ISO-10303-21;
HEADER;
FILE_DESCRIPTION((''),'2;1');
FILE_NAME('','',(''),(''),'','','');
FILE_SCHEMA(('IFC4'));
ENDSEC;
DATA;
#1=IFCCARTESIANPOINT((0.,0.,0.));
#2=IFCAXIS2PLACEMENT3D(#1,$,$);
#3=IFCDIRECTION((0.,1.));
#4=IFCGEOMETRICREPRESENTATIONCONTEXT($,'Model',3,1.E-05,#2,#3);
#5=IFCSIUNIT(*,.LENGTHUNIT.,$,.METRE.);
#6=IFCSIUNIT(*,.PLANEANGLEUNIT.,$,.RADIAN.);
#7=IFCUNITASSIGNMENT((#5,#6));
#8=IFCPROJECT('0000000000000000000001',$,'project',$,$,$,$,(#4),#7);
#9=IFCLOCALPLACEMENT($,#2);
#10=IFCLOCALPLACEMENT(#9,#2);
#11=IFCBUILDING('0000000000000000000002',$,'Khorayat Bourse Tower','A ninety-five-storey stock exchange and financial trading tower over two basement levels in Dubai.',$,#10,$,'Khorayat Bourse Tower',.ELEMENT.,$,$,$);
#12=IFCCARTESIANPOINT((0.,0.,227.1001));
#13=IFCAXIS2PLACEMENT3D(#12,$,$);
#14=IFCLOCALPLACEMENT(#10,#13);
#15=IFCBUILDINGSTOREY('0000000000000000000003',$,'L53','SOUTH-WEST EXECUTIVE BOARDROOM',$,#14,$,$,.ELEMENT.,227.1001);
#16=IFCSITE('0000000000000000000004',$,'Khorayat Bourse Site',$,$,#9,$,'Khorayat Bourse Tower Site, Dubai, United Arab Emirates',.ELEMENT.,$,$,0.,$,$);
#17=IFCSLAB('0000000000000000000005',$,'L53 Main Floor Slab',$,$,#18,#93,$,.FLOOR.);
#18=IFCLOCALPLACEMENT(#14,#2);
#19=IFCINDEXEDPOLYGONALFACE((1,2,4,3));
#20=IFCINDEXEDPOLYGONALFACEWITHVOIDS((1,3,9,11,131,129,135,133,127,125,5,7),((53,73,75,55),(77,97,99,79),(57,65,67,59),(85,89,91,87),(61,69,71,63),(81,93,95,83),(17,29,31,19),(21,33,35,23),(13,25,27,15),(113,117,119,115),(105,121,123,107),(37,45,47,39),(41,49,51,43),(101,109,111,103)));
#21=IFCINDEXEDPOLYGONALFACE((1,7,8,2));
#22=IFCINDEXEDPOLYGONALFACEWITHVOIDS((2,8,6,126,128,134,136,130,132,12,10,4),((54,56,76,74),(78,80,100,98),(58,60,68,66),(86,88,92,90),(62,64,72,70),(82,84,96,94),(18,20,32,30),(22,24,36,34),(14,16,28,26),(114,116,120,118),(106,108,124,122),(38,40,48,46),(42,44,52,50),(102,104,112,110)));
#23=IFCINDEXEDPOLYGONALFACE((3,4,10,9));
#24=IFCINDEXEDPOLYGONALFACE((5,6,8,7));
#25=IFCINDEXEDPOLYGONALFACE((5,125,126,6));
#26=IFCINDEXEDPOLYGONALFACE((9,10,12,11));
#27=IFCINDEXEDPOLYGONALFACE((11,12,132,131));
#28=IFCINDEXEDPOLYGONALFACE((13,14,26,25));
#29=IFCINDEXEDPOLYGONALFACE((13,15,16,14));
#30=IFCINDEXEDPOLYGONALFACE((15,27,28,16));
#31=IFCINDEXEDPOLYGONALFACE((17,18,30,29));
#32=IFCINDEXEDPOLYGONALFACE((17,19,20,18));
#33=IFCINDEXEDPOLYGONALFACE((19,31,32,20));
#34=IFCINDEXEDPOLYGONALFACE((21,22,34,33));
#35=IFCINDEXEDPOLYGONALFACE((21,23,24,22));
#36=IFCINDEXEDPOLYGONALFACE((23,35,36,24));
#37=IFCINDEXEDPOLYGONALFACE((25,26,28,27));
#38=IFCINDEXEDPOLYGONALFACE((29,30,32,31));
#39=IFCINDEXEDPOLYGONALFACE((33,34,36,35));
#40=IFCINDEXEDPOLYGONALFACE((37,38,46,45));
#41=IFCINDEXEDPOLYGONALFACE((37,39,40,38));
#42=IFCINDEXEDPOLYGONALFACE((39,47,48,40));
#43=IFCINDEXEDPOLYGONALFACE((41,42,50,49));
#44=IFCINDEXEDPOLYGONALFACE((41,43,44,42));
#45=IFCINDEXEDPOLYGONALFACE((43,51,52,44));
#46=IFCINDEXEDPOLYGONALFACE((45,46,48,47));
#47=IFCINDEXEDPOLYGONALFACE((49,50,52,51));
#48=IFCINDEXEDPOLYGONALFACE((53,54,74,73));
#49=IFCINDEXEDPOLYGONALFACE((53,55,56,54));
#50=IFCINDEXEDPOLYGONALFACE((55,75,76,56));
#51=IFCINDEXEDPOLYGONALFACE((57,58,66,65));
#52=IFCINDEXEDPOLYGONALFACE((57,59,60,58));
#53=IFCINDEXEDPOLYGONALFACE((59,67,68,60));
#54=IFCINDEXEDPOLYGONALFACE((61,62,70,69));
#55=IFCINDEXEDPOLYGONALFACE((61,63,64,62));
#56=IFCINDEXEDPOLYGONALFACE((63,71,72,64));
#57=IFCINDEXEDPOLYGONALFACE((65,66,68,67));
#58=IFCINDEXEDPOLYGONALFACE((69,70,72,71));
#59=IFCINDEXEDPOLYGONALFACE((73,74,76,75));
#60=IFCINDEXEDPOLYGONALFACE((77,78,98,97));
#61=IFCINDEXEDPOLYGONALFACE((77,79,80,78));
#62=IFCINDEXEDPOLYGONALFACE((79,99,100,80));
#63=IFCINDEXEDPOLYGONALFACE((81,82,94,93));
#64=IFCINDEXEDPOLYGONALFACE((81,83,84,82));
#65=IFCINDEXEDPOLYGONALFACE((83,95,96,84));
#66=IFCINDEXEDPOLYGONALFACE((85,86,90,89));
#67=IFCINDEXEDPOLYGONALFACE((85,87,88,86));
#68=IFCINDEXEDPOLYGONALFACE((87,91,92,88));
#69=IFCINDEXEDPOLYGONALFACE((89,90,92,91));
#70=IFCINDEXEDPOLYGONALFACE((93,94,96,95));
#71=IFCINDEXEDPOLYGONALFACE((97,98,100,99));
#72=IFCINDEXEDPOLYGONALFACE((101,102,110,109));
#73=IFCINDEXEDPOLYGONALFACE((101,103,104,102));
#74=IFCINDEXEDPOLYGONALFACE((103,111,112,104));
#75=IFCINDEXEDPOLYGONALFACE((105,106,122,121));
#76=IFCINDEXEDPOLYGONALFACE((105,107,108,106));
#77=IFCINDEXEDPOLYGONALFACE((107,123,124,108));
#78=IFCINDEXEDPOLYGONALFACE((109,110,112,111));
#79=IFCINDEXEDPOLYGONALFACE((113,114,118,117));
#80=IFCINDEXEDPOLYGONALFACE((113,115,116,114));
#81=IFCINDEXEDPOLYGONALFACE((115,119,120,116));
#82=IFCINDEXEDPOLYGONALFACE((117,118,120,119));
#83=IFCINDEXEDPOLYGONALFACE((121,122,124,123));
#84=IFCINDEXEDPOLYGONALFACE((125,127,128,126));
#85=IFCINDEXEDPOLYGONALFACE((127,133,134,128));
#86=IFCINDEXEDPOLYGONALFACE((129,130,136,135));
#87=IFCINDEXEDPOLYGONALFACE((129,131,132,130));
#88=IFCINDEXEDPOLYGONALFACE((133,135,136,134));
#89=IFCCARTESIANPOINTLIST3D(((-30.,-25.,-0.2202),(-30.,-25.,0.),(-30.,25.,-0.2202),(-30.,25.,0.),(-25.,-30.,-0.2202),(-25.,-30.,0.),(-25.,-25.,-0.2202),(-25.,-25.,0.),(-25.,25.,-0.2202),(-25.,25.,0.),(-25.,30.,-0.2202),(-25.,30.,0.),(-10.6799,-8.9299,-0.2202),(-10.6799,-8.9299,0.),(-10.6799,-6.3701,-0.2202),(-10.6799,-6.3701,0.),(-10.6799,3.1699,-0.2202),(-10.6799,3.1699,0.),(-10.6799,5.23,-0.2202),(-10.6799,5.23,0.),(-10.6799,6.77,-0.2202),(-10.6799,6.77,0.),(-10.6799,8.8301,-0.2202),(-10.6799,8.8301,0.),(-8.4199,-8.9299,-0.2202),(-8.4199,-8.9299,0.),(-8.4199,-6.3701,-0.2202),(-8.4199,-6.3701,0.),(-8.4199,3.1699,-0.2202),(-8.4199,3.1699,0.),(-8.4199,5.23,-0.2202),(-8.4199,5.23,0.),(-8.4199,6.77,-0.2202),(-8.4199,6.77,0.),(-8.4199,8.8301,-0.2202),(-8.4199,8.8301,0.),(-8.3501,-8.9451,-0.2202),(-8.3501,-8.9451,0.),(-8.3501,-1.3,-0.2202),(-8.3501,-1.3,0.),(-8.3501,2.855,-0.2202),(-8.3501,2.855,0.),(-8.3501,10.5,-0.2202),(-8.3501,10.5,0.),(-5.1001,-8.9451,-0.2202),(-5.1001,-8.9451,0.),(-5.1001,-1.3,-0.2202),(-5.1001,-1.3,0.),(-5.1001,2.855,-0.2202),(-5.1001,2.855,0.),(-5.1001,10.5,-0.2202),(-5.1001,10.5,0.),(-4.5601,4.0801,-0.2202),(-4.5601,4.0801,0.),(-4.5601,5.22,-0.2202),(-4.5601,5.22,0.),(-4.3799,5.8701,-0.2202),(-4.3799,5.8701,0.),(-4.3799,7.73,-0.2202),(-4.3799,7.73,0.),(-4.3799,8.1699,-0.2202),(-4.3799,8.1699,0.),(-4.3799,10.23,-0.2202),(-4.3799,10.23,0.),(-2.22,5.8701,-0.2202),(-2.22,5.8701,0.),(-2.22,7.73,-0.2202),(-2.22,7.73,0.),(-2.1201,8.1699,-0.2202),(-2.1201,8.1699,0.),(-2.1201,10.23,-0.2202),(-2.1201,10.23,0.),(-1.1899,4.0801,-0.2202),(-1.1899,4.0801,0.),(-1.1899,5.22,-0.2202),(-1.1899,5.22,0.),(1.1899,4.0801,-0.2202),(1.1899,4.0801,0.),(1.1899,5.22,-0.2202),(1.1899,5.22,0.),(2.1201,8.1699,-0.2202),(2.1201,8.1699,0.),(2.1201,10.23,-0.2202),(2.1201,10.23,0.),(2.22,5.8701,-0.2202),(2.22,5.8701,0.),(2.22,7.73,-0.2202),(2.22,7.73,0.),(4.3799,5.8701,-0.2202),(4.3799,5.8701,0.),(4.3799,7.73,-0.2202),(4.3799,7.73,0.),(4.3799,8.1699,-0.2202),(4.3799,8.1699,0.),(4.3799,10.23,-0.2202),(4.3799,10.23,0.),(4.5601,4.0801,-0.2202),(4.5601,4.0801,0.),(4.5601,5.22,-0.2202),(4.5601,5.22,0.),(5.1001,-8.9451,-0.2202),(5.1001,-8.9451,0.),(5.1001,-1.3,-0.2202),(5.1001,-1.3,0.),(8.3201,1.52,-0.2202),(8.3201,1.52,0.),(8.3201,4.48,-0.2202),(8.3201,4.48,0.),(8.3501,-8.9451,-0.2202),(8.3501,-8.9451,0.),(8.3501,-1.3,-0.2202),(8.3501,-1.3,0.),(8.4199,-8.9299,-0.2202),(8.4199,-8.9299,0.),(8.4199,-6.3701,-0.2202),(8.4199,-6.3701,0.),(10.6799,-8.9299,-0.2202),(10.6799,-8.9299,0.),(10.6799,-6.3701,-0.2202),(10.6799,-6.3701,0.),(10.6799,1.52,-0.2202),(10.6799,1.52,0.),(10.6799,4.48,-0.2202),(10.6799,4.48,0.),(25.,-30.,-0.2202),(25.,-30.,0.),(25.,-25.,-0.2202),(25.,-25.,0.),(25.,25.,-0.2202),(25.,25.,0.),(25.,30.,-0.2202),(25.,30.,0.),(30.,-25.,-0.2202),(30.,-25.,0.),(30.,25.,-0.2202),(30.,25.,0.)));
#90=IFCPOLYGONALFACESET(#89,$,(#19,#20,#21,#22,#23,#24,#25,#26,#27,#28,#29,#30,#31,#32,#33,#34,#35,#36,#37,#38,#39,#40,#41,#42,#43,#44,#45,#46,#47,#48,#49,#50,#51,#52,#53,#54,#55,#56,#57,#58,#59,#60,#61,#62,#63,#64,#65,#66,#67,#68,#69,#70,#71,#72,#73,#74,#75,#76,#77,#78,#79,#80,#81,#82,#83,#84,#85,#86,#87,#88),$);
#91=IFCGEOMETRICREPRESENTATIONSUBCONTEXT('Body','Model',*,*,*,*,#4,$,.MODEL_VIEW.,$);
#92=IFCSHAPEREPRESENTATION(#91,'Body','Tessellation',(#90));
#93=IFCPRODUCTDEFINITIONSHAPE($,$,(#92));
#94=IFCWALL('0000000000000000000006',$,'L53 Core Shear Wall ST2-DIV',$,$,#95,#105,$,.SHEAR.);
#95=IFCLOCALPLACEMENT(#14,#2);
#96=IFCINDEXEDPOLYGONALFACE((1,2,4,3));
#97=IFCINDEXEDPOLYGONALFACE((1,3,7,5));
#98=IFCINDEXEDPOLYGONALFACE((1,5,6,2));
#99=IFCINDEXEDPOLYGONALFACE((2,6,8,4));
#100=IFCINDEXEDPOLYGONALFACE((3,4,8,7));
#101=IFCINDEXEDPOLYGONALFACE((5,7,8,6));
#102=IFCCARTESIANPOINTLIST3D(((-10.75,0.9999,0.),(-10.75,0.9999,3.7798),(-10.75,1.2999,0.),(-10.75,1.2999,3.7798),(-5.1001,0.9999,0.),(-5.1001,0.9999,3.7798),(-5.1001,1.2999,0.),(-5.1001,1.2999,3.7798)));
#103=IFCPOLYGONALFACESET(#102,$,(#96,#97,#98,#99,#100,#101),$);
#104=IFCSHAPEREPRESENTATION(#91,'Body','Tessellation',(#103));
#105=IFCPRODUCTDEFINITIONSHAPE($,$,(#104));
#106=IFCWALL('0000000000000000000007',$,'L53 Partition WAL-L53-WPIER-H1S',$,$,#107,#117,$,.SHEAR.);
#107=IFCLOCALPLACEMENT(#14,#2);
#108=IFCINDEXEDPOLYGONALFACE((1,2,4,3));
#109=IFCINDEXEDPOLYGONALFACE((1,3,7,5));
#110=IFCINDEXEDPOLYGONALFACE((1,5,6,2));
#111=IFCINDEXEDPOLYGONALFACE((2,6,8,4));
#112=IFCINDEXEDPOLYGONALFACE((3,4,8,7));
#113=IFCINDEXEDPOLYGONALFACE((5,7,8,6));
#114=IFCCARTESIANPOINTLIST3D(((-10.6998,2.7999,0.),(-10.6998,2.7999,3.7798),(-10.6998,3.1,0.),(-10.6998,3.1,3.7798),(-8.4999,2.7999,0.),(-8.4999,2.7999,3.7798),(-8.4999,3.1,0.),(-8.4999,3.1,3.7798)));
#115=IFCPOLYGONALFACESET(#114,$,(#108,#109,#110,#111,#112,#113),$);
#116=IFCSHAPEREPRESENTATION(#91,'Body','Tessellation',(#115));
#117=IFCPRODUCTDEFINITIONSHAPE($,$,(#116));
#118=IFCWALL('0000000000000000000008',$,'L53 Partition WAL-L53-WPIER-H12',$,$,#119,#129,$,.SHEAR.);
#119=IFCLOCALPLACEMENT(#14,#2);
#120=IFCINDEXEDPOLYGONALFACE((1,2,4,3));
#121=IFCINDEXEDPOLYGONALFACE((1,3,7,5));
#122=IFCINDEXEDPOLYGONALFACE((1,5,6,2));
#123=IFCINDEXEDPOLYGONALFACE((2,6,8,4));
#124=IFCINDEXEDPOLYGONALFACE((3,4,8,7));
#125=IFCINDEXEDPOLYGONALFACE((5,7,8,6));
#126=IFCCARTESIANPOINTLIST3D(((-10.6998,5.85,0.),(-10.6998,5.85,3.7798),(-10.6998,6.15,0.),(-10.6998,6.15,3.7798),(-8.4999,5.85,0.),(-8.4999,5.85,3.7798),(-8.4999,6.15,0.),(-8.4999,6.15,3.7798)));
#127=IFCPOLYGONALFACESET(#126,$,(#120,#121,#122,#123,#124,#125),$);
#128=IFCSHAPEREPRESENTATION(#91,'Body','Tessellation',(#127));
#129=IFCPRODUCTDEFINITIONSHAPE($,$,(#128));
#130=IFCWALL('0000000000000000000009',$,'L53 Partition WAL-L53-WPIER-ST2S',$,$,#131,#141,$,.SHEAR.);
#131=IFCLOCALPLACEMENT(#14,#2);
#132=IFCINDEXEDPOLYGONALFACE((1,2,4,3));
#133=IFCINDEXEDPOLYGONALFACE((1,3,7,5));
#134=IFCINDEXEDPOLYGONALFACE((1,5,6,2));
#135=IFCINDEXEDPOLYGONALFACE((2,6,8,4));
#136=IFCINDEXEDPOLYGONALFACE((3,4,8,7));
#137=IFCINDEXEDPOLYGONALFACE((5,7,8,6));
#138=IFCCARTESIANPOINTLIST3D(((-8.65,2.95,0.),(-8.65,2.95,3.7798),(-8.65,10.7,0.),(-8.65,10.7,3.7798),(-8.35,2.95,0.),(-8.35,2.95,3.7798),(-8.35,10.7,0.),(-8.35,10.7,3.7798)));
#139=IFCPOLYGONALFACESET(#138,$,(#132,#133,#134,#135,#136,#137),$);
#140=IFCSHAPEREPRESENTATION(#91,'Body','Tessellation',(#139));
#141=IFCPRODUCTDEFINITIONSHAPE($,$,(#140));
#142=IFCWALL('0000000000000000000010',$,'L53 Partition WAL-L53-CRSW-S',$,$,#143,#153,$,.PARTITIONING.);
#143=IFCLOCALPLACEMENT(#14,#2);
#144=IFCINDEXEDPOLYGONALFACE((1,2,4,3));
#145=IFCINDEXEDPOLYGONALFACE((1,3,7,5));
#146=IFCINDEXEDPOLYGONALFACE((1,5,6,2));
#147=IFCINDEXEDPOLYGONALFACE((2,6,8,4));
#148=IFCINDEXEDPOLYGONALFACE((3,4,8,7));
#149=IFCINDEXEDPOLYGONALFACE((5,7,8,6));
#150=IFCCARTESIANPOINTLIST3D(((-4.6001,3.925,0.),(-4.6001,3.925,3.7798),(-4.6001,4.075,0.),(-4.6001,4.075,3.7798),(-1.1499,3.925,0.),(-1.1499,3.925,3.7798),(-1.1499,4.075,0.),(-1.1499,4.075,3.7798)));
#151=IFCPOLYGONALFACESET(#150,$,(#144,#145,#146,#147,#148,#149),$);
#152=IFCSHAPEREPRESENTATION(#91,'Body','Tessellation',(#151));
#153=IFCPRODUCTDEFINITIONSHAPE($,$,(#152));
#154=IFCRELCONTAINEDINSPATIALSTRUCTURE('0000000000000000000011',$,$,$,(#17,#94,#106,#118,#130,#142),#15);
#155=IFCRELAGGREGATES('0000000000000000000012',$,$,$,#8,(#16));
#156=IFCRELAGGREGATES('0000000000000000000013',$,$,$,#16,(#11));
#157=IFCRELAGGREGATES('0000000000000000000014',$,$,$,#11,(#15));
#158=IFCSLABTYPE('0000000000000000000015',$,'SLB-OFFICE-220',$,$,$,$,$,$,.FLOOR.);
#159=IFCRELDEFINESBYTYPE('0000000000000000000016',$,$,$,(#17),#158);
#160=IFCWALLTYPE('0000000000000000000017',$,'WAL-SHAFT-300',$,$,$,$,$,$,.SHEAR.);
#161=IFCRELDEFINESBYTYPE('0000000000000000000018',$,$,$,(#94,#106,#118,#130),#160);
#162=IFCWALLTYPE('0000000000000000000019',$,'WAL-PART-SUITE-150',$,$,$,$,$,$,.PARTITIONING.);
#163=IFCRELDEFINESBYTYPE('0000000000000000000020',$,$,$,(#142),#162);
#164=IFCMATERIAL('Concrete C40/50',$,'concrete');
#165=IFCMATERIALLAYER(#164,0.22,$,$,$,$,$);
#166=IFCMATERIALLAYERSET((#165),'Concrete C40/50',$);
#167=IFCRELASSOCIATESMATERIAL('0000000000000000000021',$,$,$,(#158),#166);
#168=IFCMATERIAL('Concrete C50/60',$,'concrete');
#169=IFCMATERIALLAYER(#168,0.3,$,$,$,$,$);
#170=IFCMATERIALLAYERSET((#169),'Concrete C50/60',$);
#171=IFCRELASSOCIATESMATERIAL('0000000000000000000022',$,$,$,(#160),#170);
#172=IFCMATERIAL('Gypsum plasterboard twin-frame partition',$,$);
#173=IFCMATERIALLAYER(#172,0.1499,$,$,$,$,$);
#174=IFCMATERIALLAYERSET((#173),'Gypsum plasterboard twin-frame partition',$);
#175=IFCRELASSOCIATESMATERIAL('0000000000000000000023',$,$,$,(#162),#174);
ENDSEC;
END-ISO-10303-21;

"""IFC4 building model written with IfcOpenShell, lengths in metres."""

from ifc_helpers import new_model, si_unit, direction, frame, frame_2d, origin, place, context, subcontext, project, spatial, polyline, rectangle, outline, extrude, source, transform, mapped, material, layer, layer_set, type_object, element, save


model = new_model("IFC4")

# Units and contexts
model_context = context("Model", 3, precision=1e-05, world=origin(), true_north=direction((0.0, 1.0)))
body_context = subcontext(model_context, "Body", "Model", "MODEL_VIEW")
ifc_project = project(units=[si_unit("LENGTHUNIT", "METRE"), si_unit("PLANEANGLEUNIT", "RADIAN")], contexts=[model_context])

# Site, building, storey
site_placement = place(None, origin())
site = spatial("IfcSite", under=ifc_project, at=site_placement, Name="Khorayat Bourse Site", LongName="Khorayat Bourse Tower Site, Dubai, United Arab Emirates", CompositionType="ELEMENT", RefElevation=0.0)
building_placement = place(site_placement, origin())
building = spatial("IfcBuilding", under=site, at=building_placement, Name="Khorayat Bourse Tower", Description="A ninety-five-storey stock exchange and financial trading tower over two basement levels in Dubai.", LongName="Khorayat Bourse Tower", CompositionType="ELEMENT")
storey_placement = place(building_placement, frame((0.0, 0.0, 227.1001)))
storey = spatial("IfcBuildingStorey", under=building, at=storey_placement, Name="L53", Description="SOUTH-WEST EXECUTIVE BOARDROOM", CompositionType="ELEMENT", Elevation=227.1001)

# Slab
ifc_material_1 = material(Name="Concrete C40/50", Category="concrete")
ifc_layer_1 = layer(ifc_material_1, 0.22)
ifc_layer_set_1 = layer_set([ifc_layer_1], Name="Concrete C40/50")
slab_type = type_object("IfcSlabType", Name="SLB-OFFICE-220", PredefinedType="FLOOR", material=ifc_layer_set_1)
slab_placement = place(storey_placement, frame((0.0, 0.0, -0.2202)))
element("IfcSlab", 1, at=slab_placement, inside=storey, type_object=slab_type, Name="L53 Main Floor Slab", PredefinedType="FLOOR", context=body_context, shape_type="SweptSolid", body=[
    extrude(outline(polyline([(-25.0, -30.0), (25.0, -30.0), (25.0, -25.0), (30.0, -25.0), (30.0, 25.0), (25.0, 25.0), (25.0, 30.0), (-25.0, 30.0), (-25.0, 25.0), (-30.0, 25.0), (-30.0, -25.0), (-25.0, -25.0), (-25.0, -30.0)]), holes=[polyline([(-8.3501, -8.9451), (-5.1001, -8.9451), (-5.1001, -1.3), (-8.3501, -1.3), (-8.3501, -8.9451)]), polyline([(-8.3501, 2.855), (-5.1001, 2.855), (-5.1001, 10.5), (-8.3501, 10.5), (-8.3501, 2.855)]), polyline([(5.1001, -8.9451), (8.3501, -8.9451), (8.3501, -1.3), (5.1001, -1.3), (5.1001, -8.9451)]), polyline([(-4.3799, 8.1699), (-2.1201, 8.1699), (-2.1201, 10.23), (-4.3799, 10.23), (-4.3799, 8.1699)]), polyline([(2.1201, 8.1699), (4.3799, 8.1699), (4.3799, 10.23), (2.1201, 10.23), (2.1201, 8.1699)]), polyline([(-4.3799, 5.8701), (-2.22, 5.8701), (-2.22, 7.73), (-4.3799, 7.73), (-4.3799, 5.8701)]), polyline([(2.22, 5.8701), (4.3799, 5.8701), (4.3799, 7.73), (2.22, 7.73), (2.22, 5.8701)]), polyline([(-10.6799, 3.1699), (-8.4199, 3.1699), (-8.4199, 5.23), (-10.6799, 5.23), (-10.6799, 3.1699)]), polyline([(-10.6799, 6.77), (-8.4199, 6.77), (-8.4199, 8.8301), (-10.6799, 8.8301), (-10.6799, 6.77)]), polyline([(-10.6799, -8.9299), (-8.4199, -8.9299), (-8.4199, -6.3701), (-10.6799, -6.3701), (-10.6799, -8.9299)]), polyline([(8.4199, -8.9299), (10.6799, -8.9299), (10.6799, -6.3701), (8.4199, -6.3701), (8.4199, -8.9299)]), polyline([(8.3201, 1.52), (10.6799, 1.52), (10.6799, 4.48), (8.3201, 4.48), (8.3201, 1.52)]), polyline([(-4.5601, 4.0801), (-1.1899, 4.0801), (-1.1899, 5.22), (-4.5601, 5.22), (-4.5601, 4.0801)]), polyline([(1.1899, 4.0801), (4.5601, 4.0801), (4.5601, 5.22), (1.1899, 5.22), (1.1899, 4.0801)])]), origin(), (0.0, 0.0, 1.0), 0.2202),
])

# Walls
ifc_material_2 = material(Name="Concrete C50/60", Category="concrete")
ifc_layer_2 = layer(ifc_material_2, 0.3)
ifc_layer_set_2 = layer_set([ifc_layer_2], Name="Concrete C50/60")
wall_type_1 = type_object("IfcWallType", Name="WAL-SHAFT-300", PredefinedType="SHEAR", material=ifc_layer_set_2)
shared_shape_1 = source(origin(), body_context, "Body", "SweptSolid", [
    extrude(rectangle(XDim=5.6499, YDim=0.3, at=frame_2d((2.825, 0.0))), origin(), (0.0, 0.0, 1.0), 3.7798),
])
wall_1_placement = place(storey_placement, frame((-10.75, 1.1499, 0.0), z_axis=(0.0, 0.0, 1.0), x_axis=(1.0, 0.0, 0.0)))
element("IfcWall", 2, at=wall_1_placement, inside=storey, type_object=wall_type_1, Name="L53 Core Shear Wall ST2-DIV", PredefinedType="SHEAR", context=body_context, shape_type="MappedRepresentation", body=[
    mapped(shared_shape_1, transform((0.0, 0.0, 0.0), scale=1.0)),
])
shared_shape_2 = source(origin(), body_context, "Body", "SweptSolid", [
    extrude(rectangle(XDim=2.2, YDim=0.3, at=frame_2d((1.1001, 0.0))), origin(), (0.0, 0.0, 1.0), 3.7798),
])
for number, where, z_axis, x_axis, name in (
    (3, (-10.7, 2.95, 0.0), (0.0, 0.0, 1.0), (1.0, 0.0, 0.0), "L53 Partition WAL-L53-WPIER-H1S"),
    (4, (-10.7, 6.0, 0.0), (0.0, 0.0, 1.0), (1.0, 0.0, 0.0), "L53 Partition WAL-L53-WPIER-H12"),
):
    element("IfcWall", number, at=place(storey_placement, frame(where, z_axis=z_axis, x_axis=x_axis)), inside=storey, type_object=wall_type_1, Name=name, PredefinedType="SHEAR", context=body_context, shape_type="MappedRepresentation", body=[
        mapped(shared_shape_2, transform((0.0, 0.0, 0.0), scale=1.0)),
    ])
shared_shape_3 = source(origin(), body_context, "Body", "SweptSolid", [
    extrude(rectangle(XDim=7.75, YDim=0.3, at=frame_2d((3.875, 0.0))), origin(), (0.0, 0.0, 1.0), 3.7798),
])
wall_2_placement = place(storey_placement, frame((-8.5, 2.95, 0.0), z_axis=(0.0, 0.0, 1.0), x_axis=(0.0, 1.0, 0.0)))
element("IfcWall", 5, at=wall_2_placement, inside=storey, type_object=wall_type_1, Name="L53 Partition WAL-L53-WPIER-ST2S", PredefinedType="SHEAR", context=body_context, shape_type="MappedRepresentation", body=[
    mapped(shared_shape_3, transform((0.0, 0.0, 0.0), scale=1.0)),
])
ifc_material_3 = material(Name="Gypsum plasterboard twin-frame partition")
ifc_layer_3 = layer(ifc_material_3, 0.1499)
ifc_layer_set_3 = layer_set([ifc_layer_3], Name="Gypsum plasterboard twin-frame partition")
wall_type_2 = type_object("IfcWallType", Name="WAL-PART-SUITE-150", PredefinedType="PARTITIONING", material=ifc_layer_set_3)
shared_shape_4 = source(origin(), body_context, "Body", "SweptSolid", [
    extrude(rectangle(XDim=3.4502, YDim=0.1499, at=frame_2d((1.7251, 0.0))), origin(), (0.0, 0.0, 1.0), 3.7798),
])
wall_3_placement = place(storey_placement, frame((-4.6001, 4.0, 0.0), z_axis=(0.0, 0.0, 1.0), x_axis=(1.0, 0.0, 0.0)))
element("IfcWall", 6, at=wall_3_placement, inside=storey, type_object=wall_type_2, Name="L53 Partition WAL-L53-CRSW-S", PredefinedType="PARTITIONING", context=body_context, shape_type="MappedRepresentation", body=[
    mapped(shared_shape_4, transform((0.0, 0.0, 0.0), scale=1.0)),
])

save(model, "model.ifc")
